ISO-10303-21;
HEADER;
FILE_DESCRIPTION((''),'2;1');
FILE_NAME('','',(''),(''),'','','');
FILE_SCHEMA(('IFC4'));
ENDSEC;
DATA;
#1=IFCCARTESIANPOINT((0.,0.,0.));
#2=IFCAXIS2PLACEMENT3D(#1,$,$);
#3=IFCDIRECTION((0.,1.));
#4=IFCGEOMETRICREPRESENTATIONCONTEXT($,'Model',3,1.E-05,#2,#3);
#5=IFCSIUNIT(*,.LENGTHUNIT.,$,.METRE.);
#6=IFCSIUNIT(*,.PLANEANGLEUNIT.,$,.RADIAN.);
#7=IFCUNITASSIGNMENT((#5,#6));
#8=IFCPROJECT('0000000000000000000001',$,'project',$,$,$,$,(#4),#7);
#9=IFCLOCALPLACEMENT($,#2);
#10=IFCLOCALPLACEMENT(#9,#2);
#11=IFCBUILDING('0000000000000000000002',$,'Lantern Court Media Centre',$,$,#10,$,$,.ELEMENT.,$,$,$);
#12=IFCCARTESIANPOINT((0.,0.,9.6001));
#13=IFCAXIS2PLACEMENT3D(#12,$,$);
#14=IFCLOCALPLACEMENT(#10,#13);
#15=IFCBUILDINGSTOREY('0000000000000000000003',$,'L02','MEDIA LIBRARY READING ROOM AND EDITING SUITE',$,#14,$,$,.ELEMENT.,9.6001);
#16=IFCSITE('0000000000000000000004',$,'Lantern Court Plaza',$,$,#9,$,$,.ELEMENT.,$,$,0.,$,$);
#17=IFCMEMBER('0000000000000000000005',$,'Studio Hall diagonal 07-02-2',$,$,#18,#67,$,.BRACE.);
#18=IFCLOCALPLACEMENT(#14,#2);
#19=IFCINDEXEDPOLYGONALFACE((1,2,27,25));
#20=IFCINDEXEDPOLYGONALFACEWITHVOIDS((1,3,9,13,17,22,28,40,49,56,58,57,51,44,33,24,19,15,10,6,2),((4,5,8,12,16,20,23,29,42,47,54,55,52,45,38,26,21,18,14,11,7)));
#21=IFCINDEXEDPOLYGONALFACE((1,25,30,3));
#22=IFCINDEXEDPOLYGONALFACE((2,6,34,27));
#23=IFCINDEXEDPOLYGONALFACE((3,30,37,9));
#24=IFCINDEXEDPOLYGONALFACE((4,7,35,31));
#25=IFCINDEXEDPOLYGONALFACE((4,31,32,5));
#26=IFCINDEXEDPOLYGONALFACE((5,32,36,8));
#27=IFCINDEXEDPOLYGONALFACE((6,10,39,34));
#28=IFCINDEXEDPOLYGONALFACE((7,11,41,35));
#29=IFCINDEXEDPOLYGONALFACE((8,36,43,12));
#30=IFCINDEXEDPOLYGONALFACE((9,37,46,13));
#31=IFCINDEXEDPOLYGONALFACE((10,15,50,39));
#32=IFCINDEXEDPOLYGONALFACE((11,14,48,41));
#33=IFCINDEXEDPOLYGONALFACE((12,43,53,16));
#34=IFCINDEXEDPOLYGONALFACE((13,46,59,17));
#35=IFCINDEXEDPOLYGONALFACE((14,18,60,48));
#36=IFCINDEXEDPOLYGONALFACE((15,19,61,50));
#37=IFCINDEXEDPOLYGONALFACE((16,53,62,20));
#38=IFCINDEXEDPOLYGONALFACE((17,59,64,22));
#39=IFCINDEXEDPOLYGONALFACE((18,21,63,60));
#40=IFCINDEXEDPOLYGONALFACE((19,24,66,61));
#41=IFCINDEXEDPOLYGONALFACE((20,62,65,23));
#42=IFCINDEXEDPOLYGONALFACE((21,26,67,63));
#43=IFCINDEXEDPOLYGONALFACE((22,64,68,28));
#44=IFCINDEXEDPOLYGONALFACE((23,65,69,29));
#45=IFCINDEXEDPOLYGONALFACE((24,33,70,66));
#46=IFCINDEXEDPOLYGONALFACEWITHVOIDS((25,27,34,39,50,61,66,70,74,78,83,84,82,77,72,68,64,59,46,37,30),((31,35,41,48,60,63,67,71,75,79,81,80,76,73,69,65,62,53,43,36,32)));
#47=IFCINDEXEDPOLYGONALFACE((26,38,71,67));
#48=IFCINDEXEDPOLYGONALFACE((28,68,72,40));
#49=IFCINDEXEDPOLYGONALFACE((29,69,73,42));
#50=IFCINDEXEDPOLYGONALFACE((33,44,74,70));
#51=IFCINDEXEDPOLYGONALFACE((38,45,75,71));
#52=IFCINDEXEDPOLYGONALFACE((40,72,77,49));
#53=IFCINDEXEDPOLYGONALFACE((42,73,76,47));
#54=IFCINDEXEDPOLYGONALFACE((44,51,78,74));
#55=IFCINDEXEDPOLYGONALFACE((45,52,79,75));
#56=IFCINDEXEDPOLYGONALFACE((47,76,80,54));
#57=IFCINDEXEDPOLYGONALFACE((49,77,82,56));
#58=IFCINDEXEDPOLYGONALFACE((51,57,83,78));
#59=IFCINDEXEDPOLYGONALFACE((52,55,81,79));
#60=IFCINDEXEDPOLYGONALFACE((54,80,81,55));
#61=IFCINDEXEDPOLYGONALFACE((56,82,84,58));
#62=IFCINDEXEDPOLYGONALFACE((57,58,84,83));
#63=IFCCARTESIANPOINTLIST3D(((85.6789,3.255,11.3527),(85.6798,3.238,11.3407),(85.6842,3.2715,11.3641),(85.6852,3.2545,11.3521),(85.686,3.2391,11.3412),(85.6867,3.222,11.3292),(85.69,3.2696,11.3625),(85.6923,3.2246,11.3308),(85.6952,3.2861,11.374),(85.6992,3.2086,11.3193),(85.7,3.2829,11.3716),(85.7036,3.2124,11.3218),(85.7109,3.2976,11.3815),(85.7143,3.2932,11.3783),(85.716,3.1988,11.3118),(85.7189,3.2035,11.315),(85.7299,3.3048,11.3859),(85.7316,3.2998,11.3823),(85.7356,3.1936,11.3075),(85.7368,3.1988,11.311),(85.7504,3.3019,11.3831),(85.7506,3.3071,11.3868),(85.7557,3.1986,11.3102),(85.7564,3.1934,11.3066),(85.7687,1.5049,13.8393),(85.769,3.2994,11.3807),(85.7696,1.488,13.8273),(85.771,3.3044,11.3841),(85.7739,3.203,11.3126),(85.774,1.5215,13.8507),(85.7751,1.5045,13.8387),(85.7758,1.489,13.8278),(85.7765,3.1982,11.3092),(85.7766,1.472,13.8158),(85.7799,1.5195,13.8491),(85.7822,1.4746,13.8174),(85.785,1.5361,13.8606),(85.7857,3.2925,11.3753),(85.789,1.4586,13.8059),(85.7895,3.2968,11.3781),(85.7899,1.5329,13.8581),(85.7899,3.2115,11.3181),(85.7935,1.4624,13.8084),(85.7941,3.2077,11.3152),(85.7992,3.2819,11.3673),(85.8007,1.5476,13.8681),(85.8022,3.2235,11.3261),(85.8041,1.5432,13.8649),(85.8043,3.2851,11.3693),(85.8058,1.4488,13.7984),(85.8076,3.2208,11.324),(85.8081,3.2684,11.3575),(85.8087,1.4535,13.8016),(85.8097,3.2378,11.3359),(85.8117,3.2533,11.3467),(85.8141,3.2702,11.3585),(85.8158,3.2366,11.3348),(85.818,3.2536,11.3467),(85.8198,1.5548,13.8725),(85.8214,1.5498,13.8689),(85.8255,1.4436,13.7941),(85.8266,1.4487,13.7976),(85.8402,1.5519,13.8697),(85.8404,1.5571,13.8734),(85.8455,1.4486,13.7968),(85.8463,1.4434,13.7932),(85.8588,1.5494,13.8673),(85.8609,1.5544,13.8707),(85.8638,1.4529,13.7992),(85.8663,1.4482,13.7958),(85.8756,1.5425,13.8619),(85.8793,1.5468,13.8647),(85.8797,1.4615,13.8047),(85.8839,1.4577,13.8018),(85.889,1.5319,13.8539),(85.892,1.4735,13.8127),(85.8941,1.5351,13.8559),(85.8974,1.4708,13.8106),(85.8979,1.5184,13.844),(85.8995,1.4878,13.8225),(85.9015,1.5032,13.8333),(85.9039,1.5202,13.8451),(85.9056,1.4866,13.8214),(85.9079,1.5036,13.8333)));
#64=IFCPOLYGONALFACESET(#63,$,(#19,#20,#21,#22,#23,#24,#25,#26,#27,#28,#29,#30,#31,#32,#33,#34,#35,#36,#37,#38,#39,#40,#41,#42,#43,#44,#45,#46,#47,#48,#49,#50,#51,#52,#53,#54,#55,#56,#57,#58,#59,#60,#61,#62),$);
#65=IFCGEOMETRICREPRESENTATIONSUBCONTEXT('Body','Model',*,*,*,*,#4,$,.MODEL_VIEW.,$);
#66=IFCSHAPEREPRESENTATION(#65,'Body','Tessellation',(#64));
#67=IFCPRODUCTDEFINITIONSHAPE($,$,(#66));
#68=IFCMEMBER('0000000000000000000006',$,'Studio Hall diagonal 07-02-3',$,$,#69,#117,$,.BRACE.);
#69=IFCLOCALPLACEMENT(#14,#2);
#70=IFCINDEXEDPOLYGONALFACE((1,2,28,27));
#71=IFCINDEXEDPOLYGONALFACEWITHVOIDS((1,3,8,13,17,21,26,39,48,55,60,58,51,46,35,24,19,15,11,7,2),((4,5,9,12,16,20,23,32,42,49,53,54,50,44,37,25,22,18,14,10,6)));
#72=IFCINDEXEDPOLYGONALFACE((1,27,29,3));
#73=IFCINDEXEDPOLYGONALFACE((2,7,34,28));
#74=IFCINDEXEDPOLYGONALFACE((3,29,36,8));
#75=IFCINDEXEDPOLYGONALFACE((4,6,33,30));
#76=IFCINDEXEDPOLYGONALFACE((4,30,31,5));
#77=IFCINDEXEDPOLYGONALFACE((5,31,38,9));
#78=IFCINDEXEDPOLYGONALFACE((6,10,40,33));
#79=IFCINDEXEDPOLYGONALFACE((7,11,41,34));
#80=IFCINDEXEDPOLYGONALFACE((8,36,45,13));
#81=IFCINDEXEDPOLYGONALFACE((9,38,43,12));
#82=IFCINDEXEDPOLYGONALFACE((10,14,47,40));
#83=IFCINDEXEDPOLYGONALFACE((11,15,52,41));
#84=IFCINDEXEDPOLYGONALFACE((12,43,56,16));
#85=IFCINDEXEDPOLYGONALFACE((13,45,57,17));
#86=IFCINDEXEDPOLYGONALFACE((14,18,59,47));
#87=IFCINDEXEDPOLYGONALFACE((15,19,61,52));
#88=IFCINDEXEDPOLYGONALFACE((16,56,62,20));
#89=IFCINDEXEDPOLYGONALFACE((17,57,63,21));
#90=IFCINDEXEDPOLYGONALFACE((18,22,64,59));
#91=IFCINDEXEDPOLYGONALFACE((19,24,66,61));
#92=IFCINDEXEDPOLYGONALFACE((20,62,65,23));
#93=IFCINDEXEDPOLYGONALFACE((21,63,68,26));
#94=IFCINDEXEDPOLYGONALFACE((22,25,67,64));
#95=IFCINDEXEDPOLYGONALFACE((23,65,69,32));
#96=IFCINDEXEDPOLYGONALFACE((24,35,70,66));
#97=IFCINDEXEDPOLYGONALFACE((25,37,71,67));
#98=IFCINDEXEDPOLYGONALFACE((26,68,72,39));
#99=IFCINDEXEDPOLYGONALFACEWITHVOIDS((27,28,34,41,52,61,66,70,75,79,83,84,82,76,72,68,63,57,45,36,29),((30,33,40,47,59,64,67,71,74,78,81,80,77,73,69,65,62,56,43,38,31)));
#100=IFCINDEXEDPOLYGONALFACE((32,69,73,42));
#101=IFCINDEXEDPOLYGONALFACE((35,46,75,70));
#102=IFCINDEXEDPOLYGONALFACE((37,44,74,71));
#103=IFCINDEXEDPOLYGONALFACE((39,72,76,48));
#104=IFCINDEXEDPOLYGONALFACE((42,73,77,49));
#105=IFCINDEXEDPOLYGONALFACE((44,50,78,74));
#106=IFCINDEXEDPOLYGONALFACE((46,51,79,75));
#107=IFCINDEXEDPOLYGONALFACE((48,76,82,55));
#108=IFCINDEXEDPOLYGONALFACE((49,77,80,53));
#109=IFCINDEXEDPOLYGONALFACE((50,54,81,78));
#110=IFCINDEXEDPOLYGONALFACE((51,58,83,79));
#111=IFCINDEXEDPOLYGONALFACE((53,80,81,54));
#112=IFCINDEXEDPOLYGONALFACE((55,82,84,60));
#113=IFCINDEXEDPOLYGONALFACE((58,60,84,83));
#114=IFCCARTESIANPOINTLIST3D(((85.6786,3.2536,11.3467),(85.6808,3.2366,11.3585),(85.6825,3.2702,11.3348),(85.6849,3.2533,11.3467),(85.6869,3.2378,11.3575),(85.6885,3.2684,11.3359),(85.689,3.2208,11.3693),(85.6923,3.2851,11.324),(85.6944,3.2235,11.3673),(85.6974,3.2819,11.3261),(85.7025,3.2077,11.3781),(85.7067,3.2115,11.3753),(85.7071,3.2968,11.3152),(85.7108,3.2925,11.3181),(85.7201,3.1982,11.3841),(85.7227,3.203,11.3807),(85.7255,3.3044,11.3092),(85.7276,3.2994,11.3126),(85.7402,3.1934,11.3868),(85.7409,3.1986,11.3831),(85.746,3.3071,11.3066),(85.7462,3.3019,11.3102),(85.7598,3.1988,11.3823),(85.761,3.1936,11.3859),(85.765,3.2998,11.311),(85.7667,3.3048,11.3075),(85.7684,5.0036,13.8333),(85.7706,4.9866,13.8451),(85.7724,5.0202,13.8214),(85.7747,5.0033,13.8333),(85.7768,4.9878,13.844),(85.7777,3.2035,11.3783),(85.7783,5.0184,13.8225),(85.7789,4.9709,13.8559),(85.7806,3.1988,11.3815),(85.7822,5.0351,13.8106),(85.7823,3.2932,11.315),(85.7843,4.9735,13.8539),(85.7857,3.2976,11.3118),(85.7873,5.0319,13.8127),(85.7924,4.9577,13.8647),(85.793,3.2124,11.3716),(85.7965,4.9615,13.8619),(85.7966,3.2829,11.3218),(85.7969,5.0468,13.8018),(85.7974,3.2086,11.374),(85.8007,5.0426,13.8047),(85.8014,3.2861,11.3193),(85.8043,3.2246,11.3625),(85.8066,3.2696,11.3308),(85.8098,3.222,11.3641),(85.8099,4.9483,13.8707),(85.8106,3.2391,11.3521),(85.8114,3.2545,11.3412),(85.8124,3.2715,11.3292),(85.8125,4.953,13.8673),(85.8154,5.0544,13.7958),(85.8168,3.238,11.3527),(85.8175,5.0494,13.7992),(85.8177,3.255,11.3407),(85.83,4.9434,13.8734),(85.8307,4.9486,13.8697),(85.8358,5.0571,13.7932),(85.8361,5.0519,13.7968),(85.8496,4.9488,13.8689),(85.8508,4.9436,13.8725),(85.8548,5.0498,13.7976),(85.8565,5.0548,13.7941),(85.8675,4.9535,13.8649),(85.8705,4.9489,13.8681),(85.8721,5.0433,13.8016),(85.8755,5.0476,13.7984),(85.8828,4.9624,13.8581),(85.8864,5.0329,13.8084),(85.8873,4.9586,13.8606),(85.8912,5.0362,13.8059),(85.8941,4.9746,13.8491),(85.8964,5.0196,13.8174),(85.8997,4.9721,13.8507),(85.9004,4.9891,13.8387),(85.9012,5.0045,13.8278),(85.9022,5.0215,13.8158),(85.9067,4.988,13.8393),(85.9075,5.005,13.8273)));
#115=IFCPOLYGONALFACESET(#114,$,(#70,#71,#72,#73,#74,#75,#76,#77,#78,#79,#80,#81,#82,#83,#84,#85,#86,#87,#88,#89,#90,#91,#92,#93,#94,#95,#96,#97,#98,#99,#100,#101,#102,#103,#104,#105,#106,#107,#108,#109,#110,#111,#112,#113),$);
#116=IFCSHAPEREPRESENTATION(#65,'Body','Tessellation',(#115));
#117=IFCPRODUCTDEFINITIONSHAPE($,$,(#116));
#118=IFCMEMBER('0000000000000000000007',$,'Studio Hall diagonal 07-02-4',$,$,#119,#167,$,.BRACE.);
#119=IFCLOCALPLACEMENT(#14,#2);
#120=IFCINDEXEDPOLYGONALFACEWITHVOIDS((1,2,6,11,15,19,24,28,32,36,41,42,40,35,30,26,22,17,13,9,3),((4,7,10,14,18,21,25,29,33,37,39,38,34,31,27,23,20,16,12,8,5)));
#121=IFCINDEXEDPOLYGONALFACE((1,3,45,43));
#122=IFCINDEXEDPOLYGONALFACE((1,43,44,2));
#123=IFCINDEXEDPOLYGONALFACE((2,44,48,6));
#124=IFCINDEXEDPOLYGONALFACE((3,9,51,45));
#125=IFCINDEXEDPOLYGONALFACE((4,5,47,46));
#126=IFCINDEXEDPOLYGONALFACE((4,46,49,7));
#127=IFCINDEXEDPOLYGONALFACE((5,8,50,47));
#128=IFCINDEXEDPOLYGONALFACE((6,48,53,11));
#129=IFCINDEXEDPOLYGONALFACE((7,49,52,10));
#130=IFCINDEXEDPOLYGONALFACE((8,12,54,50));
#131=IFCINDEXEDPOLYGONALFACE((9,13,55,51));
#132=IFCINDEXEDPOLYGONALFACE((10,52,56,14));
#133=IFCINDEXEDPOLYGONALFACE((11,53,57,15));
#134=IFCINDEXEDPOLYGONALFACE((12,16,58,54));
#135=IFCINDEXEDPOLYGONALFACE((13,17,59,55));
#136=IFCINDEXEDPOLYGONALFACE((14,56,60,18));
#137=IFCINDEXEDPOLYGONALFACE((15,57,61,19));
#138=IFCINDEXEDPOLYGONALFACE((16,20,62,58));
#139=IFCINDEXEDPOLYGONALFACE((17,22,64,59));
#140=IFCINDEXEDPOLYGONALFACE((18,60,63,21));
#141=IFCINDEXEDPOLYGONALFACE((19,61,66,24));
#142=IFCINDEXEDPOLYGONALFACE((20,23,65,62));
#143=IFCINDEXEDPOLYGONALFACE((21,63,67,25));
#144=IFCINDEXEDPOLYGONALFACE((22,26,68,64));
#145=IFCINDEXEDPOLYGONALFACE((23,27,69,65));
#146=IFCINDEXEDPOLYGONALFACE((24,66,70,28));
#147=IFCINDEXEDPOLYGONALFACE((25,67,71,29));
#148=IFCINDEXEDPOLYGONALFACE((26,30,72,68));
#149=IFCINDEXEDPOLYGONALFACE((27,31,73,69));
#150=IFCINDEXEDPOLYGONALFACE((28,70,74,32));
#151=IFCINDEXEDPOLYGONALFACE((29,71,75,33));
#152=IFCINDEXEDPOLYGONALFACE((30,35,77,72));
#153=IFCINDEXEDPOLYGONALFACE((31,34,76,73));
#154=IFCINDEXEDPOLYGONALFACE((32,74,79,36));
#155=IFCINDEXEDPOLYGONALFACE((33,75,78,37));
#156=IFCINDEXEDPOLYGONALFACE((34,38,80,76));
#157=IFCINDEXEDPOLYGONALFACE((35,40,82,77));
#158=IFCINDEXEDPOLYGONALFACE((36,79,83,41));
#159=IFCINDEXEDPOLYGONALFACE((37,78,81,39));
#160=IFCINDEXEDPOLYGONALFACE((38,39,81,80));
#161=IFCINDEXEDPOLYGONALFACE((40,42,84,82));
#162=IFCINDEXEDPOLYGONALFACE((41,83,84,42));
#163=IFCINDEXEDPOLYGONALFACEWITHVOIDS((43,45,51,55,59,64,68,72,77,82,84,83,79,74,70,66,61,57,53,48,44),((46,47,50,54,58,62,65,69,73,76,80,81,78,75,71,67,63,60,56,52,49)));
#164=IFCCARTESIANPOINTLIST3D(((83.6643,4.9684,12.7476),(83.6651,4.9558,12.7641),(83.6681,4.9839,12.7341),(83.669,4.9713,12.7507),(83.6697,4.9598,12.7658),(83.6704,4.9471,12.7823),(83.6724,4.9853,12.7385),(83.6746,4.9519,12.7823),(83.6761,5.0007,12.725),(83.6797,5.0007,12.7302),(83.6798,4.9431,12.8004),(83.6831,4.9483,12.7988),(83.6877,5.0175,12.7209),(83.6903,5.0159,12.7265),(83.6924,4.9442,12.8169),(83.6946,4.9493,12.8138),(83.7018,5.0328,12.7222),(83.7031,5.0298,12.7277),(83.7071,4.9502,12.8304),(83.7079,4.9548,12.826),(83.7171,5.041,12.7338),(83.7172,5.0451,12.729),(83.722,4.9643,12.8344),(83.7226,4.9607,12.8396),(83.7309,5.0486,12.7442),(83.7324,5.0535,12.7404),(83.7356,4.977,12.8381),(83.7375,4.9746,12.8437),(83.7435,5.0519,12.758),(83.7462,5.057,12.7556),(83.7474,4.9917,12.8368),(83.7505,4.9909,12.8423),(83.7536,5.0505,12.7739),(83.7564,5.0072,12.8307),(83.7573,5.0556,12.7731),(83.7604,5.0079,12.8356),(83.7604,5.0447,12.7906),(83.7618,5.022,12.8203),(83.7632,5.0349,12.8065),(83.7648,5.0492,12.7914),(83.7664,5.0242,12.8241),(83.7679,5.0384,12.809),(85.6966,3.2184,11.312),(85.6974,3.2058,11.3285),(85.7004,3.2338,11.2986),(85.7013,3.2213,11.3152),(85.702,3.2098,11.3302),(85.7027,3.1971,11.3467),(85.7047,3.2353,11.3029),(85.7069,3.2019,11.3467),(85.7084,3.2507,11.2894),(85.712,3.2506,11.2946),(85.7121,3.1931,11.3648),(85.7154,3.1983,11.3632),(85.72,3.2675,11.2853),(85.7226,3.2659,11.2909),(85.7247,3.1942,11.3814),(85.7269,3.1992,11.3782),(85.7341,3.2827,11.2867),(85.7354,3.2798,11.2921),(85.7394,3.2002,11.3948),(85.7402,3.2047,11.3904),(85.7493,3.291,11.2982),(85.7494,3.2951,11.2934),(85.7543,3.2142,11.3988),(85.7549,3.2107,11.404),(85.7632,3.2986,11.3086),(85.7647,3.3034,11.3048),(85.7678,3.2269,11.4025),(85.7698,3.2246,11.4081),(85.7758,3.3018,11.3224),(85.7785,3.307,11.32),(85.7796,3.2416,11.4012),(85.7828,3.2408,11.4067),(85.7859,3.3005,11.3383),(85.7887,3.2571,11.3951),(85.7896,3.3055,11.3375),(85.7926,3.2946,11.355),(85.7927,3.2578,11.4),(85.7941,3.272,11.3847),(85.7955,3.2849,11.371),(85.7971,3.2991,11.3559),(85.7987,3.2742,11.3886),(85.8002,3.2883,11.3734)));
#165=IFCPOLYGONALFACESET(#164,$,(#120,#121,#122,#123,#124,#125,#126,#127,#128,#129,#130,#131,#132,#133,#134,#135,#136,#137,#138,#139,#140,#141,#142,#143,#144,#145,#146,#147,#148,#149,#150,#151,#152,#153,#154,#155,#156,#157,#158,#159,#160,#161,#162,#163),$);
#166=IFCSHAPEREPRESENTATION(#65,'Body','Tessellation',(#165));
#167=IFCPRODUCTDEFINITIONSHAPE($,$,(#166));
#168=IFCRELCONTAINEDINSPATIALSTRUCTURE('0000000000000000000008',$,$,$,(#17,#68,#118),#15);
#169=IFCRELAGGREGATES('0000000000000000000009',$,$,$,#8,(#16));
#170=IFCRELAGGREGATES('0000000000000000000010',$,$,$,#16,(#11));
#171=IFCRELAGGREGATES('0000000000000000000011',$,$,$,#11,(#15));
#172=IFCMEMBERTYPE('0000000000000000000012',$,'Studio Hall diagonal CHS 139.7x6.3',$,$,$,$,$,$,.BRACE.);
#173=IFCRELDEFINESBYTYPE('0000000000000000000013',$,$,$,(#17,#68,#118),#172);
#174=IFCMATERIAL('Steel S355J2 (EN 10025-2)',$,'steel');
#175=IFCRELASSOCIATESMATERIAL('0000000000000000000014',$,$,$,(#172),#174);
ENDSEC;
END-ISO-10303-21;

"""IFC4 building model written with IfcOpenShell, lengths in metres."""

from ifc_helpers import new_model, si_unit, direction, frame, origin, origin_2d, place, context, subcontext, project, spatial, hollow_circle, extrude, material, material_profile, profile_set, type_object, element, save


model = new_model("IFC4")

# Units and contexts
model_context = context("Model", 3, precision=1e-05, world=origin(), true_north=direction((0.0, 1.0)))
body_context = subcontext(model_context, "Body", "Model", "MODEL_VIEW")
ifc_project = project(units=[si_unit("LENGTHUNIT", "METRE"), si_unit("PLANEANGLEUNIT", "RADIAN")], contexts=[model_context])

# Site, building, storey
site_placement = place(None, origin())
site = spatial("IfcSite", under=ifc_project, at=site_placement, Name="Lantern Court Plaza", CompositionType="ELEMENT", RefElevation=0.0)
building_placement = place(site_placement, origin())
building = spatial("IfcBuilding", under=site, at=building_placement, Name="Lantern Court Media Centre", CompositionType="ELEMENT")
storey_placement = place(building_placement, frame((0.0, 0.0, 9.6001)))
storey = spatial("IfcBuildingStorey", under=building, at=storey_placement, Name="L02", Description="MEDIA LIBRARY READING ROOM AND EDITING SUITE", CompositionType="ELEMENT", Elevation=9.6001)

# Members
ifc_material = material(Name="Steel S355J2 (EN 10025-2)", Category="steel")
ifc_material_profile_1 = material_profile(ifc_material, hollow_circle(Radius=0.0698, WallThickness=0.0063, at=origin_2d()), Name="Studio Hall diagonal CHS 139.7x6.3")
ifc_profile_set_1 = profile_set([ifc_material_profile_1], Name="Steel S355J2 (EN 10025-2)")
member_type_1 = type_object("IfcMemberType", Name="Studio Hall diagonal CHS 139.7x6.3", PredefinedType="BRACE", material=ifc_profile_set_1)
for number, where, z_axis, x_axis, name in (
    (1, (85.7483, 3.25, 11.3467), (0.029535, -0.575284, 0.81742), (0.998685, 0.051272, 0.0), "Studio Hall diagonal 07-02-2"),
    (2, (85.7483, 3.25, 11.3467), (0.029535, 0.575284, 0.81742), (-0.998685, 0.051272, 0.0), "Studio Hall diagonal 07-02-3"),
    (3, (85.7483, 3.25, 11.3467), (-0.668075, 0.575296, 0.471922), (-0.652529, -0.757764, 0.0), "Studio Hall diagonal 07-02-4"),
):
    element("IfcMember", number, at=place(storey_placement, frame(where, z_axis=z_axis, x_axis=x_axis)), inside=storey, type_object=member_type_1, Name=name, PredefinedType="BRACE", context=body_context, shape_type="SweptSolid", body=[
        extrude(hollow_circle(Radius=0.0698, WallThickness=0.0063, at=origin_2d()), origin(), (0.0, 0.0, 1.0), 3.042),
    ])

save(model, "model.ifc")
